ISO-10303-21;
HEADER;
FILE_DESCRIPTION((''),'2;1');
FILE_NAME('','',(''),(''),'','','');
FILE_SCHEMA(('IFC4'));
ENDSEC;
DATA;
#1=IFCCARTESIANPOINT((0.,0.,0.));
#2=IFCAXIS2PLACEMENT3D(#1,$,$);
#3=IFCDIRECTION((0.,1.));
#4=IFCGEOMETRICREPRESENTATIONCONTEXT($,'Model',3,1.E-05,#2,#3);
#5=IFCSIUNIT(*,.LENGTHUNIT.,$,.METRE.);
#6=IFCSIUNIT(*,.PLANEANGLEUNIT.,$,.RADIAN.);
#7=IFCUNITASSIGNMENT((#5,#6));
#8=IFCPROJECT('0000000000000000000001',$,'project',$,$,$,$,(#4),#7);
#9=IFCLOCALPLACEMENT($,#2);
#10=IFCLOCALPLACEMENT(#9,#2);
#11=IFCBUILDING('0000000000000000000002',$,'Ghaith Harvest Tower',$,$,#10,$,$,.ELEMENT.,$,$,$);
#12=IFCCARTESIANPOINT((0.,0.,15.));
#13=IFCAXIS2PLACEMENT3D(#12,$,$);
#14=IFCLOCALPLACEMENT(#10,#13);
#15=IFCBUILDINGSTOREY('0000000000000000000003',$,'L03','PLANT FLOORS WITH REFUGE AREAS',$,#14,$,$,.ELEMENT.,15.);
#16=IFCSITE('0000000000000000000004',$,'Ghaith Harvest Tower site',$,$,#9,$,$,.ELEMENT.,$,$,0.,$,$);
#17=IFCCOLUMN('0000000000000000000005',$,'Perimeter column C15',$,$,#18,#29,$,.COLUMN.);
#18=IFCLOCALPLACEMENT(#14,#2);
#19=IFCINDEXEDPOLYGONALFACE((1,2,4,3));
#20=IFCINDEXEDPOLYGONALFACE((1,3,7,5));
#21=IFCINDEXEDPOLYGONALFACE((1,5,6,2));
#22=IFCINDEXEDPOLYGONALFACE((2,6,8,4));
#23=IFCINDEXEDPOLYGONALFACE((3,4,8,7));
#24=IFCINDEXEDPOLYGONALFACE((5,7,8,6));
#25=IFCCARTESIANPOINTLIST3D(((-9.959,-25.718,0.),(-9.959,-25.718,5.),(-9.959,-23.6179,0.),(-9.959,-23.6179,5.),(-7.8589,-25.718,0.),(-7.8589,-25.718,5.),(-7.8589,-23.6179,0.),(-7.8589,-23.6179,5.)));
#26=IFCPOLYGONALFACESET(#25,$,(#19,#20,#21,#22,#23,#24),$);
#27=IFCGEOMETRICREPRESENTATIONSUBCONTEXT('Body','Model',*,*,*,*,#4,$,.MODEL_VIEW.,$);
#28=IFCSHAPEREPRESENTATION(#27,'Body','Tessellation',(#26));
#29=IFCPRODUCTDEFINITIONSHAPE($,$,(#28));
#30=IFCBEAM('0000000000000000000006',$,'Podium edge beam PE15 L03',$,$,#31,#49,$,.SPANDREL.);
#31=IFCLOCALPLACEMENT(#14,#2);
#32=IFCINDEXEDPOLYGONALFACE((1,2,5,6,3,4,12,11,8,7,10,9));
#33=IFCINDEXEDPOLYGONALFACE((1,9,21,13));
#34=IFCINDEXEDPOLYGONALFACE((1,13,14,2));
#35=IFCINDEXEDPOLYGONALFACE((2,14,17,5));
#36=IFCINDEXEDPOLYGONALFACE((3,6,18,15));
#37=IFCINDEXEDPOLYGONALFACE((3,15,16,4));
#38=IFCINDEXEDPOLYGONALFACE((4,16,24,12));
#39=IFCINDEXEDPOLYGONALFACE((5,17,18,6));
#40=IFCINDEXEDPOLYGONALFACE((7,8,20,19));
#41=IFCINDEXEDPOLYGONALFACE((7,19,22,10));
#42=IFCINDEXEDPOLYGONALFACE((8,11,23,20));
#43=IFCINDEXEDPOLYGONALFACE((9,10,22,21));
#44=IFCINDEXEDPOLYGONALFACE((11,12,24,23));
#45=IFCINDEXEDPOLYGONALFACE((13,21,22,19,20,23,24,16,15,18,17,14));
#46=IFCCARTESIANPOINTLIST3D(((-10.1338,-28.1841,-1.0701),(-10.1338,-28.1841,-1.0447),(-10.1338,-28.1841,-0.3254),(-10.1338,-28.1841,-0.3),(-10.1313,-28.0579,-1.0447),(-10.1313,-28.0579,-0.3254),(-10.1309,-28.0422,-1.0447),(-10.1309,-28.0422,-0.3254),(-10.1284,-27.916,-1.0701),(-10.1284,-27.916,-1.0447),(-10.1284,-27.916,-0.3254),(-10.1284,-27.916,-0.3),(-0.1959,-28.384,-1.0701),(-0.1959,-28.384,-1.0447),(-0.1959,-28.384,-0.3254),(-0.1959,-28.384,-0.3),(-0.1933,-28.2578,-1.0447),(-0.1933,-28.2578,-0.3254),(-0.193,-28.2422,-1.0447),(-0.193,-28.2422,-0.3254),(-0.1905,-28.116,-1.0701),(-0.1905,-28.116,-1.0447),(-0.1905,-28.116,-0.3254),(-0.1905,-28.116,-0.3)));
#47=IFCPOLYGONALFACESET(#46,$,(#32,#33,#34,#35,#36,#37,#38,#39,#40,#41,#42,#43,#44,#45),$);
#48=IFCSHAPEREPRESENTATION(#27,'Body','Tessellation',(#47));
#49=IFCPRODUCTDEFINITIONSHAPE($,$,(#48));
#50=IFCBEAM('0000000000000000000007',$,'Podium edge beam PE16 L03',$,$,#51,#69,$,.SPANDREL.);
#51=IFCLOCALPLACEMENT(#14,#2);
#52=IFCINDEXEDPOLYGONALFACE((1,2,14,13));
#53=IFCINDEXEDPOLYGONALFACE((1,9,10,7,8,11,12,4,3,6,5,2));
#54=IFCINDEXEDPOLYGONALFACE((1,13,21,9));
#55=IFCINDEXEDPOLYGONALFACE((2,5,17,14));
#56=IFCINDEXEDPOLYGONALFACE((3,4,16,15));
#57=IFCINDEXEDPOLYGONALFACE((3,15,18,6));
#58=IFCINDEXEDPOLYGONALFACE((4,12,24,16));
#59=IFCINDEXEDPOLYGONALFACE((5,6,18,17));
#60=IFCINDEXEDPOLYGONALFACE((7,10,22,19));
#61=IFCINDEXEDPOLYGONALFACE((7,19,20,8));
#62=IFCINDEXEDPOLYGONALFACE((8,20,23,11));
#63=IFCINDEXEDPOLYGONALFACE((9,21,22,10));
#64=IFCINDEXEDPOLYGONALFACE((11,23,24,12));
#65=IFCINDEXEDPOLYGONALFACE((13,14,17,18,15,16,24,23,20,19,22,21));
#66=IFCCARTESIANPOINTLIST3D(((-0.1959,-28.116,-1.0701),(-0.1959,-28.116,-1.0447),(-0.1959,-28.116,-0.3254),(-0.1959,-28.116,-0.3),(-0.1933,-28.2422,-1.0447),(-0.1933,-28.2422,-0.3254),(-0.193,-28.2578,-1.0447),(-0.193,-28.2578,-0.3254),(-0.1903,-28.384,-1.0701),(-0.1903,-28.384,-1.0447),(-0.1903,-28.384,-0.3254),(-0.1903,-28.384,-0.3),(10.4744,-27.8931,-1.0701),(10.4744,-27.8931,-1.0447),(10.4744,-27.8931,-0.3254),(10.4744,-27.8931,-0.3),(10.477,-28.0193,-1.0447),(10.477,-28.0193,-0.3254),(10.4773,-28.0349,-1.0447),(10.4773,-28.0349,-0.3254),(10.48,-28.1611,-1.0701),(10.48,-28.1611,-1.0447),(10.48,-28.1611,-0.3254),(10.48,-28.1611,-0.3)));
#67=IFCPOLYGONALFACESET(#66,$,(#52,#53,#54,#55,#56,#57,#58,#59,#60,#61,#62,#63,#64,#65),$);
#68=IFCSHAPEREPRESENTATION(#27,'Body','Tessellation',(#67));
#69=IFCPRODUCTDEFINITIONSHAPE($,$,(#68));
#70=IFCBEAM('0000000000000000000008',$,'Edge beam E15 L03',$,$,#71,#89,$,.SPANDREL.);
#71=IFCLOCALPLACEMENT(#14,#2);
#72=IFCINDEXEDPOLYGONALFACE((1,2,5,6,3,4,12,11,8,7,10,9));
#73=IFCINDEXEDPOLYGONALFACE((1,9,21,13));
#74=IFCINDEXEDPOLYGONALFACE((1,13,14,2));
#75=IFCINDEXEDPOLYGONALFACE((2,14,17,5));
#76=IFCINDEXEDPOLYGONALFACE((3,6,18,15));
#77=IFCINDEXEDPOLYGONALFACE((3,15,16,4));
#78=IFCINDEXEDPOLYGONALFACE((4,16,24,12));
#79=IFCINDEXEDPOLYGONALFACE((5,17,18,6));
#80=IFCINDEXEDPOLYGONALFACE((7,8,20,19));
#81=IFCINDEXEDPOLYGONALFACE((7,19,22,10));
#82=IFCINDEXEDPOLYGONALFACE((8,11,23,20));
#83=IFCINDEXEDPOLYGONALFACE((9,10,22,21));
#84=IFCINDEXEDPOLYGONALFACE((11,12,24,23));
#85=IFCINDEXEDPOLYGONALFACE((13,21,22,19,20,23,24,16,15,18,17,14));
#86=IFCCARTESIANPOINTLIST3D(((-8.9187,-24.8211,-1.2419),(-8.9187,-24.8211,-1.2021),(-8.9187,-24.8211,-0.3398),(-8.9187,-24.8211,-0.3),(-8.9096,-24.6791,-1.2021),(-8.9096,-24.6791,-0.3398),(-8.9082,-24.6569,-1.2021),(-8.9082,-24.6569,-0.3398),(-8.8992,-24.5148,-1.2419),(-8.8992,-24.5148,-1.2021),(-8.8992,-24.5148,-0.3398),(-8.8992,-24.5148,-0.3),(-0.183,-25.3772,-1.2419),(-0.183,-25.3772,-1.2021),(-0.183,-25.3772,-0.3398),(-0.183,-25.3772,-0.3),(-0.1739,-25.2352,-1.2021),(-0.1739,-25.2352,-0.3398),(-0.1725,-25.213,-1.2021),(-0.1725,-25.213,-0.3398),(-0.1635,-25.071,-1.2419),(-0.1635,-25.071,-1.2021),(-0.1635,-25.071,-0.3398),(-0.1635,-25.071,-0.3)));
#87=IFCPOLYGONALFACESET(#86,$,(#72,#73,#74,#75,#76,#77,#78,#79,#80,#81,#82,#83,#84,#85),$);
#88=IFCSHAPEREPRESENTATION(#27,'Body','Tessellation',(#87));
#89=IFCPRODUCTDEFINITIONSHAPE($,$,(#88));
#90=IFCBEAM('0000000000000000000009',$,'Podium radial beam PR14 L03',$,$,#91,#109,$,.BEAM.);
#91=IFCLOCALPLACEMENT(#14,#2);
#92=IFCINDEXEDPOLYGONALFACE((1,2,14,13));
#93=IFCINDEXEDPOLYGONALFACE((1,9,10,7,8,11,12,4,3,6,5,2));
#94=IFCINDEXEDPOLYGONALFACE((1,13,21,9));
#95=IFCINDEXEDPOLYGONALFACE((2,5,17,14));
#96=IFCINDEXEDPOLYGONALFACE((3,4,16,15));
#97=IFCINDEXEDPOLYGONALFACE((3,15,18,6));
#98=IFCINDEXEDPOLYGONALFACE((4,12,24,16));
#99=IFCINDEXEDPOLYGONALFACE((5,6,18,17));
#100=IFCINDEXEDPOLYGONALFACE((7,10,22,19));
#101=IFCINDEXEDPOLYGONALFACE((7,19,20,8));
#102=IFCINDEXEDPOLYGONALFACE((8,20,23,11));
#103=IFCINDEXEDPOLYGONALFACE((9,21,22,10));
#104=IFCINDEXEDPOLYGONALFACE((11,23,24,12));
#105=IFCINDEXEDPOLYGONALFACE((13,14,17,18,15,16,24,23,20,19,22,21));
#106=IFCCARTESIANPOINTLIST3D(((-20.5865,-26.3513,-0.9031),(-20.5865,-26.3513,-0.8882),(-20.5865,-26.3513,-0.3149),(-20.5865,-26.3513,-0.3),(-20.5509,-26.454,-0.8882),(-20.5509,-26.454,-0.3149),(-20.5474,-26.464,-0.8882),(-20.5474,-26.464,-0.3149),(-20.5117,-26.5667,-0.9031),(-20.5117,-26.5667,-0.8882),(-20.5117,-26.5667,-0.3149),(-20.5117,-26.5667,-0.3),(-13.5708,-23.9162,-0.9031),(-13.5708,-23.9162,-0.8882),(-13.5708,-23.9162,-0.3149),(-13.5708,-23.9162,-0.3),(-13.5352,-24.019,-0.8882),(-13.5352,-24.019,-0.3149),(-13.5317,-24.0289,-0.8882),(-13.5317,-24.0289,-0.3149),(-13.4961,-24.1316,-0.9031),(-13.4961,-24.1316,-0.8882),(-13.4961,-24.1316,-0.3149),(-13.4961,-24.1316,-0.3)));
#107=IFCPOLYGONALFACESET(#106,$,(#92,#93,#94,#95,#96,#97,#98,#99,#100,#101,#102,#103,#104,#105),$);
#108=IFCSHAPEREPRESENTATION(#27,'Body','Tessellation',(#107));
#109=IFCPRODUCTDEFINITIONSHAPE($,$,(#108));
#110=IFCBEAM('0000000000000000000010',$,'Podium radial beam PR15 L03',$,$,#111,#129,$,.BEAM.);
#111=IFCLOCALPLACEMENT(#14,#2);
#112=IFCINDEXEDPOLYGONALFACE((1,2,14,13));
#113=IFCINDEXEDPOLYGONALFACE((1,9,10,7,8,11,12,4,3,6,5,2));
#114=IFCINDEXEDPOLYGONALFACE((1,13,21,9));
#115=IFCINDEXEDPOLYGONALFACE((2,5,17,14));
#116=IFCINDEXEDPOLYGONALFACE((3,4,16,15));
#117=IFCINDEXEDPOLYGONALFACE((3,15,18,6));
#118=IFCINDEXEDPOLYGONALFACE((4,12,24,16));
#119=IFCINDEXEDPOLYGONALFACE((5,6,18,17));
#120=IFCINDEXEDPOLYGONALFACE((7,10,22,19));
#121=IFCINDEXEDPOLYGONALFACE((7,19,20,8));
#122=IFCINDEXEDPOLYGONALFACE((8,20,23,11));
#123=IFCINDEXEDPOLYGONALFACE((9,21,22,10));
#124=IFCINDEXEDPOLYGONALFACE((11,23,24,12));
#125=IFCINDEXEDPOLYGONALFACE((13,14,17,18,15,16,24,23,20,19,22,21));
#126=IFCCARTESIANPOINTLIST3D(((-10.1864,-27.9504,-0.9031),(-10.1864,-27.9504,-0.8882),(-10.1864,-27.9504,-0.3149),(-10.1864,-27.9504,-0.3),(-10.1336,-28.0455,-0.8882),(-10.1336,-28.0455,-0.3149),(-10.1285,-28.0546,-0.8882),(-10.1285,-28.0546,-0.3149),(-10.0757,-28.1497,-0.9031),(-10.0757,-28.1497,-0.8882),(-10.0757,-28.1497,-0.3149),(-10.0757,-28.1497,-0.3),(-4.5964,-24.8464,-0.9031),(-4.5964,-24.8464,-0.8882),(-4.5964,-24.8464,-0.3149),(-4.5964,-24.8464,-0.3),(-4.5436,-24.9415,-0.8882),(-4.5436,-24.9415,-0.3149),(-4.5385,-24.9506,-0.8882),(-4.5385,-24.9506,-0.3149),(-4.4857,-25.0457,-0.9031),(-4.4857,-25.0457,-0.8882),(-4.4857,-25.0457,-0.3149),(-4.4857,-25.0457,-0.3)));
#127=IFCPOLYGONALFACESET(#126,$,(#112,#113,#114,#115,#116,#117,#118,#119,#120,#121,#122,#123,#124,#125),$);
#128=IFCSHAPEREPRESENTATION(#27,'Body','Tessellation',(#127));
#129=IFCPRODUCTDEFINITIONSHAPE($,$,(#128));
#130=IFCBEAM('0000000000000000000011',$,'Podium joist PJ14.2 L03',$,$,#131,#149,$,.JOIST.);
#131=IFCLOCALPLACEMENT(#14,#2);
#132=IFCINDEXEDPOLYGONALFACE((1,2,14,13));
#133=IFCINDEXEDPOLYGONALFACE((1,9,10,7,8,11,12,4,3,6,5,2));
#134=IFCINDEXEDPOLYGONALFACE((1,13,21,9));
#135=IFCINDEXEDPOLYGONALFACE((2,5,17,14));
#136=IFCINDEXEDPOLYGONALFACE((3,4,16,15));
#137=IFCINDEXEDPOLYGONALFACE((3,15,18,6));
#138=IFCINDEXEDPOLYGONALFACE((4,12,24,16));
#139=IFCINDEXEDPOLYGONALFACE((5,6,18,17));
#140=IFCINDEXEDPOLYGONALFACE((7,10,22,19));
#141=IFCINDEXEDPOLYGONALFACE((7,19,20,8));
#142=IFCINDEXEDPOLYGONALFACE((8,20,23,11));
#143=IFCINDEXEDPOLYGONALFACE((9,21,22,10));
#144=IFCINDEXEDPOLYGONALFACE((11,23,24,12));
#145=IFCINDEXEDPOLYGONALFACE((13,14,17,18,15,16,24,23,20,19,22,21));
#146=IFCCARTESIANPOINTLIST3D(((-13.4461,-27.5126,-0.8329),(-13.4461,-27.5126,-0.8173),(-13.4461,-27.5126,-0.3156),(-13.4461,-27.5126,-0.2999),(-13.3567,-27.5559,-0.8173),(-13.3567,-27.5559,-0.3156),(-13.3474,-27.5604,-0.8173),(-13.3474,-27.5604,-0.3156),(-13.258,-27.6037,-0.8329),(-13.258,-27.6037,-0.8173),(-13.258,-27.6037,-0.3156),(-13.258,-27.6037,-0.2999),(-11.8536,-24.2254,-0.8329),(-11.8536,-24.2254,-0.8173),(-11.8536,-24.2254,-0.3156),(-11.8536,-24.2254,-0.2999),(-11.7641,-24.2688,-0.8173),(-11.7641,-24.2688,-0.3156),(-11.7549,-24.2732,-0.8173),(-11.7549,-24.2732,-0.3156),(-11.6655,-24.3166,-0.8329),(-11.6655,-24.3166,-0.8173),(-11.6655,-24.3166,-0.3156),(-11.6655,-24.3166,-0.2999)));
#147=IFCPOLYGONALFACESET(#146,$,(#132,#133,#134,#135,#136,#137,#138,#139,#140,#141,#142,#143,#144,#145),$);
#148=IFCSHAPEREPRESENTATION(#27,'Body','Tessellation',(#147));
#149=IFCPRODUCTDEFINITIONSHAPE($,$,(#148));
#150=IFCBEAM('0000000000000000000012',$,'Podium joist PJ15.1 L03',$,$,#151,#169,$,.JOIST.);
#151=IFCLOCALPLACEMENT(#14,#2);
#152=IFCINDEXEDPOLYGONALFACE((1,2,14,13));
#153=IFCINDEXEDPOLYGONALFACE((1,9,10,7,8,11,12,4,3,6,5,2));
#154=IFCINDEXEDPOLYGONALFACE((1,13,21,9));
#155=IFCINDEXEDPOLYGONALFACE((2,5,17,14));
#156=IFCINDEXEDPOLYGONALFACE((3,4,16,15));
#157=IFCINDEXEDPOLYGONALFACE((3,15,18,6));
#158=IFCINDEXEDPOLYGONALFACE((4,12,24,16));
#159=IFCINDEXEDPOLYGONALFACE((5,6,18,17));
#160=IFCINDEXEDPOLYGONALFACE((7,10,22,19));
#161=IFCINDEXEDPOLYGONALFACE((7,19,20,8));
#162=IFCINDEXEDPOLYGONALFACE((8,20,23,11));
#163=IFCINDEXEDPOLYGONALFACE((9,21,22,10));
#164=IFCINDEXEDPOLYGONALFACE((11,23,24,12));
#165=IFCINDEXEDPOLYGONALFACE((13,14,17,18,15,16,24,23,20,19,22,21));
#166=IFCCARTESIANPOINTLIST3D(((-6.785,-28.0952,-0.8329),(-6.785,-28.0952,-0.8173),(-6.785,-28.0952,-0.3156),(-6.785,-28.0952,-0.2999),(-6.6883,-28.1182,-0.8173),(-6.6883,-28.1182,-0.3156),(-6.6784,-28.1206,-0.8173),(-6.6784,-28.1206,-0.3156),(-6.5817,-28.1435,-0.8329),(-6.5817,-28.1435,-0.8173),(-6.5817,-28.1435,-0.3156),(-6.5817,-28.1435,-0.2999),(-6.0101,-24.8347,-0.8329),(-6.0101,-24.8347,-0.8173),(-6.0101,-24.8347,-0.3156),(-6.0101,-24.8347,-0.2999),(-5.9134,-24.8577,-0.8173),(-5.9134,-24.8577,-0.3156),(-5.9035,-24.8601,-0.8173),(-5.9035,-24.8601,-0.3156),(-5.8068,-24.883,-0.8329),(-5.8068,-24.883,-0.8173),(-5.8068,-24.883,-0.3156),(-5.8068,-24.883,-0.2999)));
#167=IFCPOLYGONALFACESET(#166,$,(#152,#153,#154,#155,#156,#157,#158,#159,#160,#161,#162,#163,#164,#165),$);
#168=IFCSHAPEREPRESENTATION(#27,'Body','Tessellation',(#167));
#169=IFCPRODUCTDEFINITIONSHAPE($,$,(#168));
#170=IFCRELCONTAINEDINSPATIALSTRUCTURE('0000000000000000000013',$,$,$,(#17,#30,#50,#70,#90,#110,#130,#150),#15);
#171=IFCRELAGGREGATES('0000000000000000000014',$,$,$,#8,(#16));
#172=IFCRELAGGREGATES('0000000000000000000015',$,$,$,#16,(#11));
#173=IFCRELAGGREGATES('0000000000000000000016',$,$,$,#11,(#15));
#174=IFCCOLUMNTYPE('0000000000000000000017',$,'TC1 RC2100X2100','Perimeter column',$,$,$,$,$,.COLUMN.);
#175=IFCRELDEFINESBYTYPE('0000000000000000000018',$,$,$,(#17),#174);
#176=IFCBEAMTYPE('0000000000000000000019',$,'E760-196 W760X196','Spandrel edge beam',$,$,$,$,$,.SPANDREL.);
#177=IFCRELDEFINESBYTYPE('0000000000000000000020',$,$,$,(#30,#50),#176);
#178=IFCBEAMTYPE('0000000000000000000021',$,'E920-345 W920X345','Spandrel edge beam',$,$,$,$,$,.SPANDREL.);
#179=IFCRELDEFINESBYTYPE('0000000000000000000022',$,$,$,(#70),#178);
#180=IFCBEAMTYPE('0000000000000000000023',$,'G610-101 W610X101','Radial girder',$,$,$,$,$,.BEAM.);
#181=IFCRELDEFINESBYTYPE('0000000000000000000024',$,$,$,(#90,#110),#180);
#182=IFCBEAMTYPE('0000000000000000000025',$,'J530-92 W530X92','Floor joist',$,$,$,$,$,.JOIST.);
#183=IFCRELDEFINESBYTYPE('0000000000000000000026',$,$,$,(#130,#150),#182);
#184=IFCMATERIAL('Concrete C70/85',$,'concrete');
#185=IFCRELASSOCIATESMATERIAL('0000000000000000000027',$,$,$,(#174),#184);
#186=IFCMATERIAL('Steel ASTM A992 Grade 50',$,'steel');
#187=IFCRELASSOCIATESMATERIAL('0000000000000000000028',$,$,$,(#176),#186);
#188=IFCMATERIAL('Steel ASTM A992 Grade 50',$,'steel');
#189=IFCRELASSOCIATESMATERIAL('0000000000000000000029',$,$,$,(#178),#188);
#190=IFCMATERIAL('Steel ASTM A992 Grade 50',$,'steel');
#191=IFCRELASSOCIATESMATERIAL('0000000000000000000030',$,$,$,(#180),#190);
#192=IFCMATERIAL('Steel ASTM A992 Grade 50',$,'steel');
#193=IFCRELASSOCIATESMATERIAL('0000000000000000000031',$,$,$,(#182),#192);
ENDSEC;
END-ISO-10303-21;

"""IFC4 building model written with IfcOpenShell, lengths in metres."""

from ifc_helpers import new_model, si_unit, direction, frame, origin, origin_2d, place, context, subcontext, project, spatial, rectangle, i_section, extrude, material, material_profile, profile_set, type_object, element, save


model = new_model("IFC4")

# Units and contexts
model_context = context("Model", 3, precision=1e-05, world=origin(), true_north=direction((0.0, 1.0)))
body_context = subcontext(model_context, "Body", "Model", "MODEL_VIEW")
ifc_project = project(units=[si_unit("LENGTHUNIT", "METRE"), si_unit("PLANEANGLEUNIT", "RADIAN")], contexts=[model_context])

# Site, building, storey
site_placement = place(None, origin())
site = spatial("IfcSite", under=ifc_project, at=site_placement, Name="Ghaith Harvest Tower site", CompositionType="ELEMENT", RefElevation=0.0)
building_placement = place(site_placement, origin())
building = spatial("IfcBuilding", under=site, at=building_placement, Name="Ghaith Harvest Tower", CompositionType="ELEMENT")
storey_placement = place(building_placement, frame((0.0, 0.0, 15.0)))
storey = spatial("IfcBuildingStorey", under=building, at=storey_placement, Name="L03", Description="PLANT FLOORS WITH REFUGE AREAS", CompositionType="ELEMENT", Elevation=15.0)

# Column
ifc_material_1 = material(Name="Concrete C70/85", Category="concrete")
ifc_material_profile_1 = material_profile(ifc_material_1, rectangle(XDim=2.1001, YDim=2.1001, at=origin_2d()), Name="RC2100X2100")
ifc_profile_set_1 = profile_set([ifc_material_profile_1], Name="Concrete C70/85")
column_type = type_object("IfcColumnType", Name="TC1 RC2100X2100", Description="Perimeter column", PredefinedType="COLUMN", material=ifc_profile_set_1)
column_placement = place(storey_placement, frame((-8.9089, -24.668, 0.0), z_axis=(0.0, 0.0, 1.0), x_axis=(1.0, 0.0, 0.0)))
element("IfcColumn", 1, at=column_placement, inside=storey, type_object=column_type, Name="Perimeter column C15", PredefinedType="COLUMN", context=body_context, shape_type="SweptSolid", body=[
    extrude(rectangle(XDim=2.1001, YDim=2.1001, at=origin_2d()), origin(), (0.0, 0.0, 1.0), 5.0),
])

# Beams
ifc_material_2 = material(Name="Steel ASTM A992 Grade 50", Category="steel")
ifc_material_profile_2 = material_profile(ifc_material_2, i_section(OverallWidth=0.2681, OverallDepth=0.77, WebThickness=0.0156, FlangeThickness=0.0254, at=origin_2d()), Name="W760X196")
ifc_profile_set_2 = profile_set([ifc_material_profile_2], Name="Steel ASTM A992 Grade 50")
beam_type_1 = type_object("IfcBeamType", Name="E760-196 W760X196", Description="Spandrel edge beam", PredefinedType="SPANDREL", material=ifc_profile_set_2)
beam_1_placement = place(storey_placement, frame((-10.1311, -28.05, -0.6851), z_axis=(0.999798, -0.020116, 0.0), x_axis=(0.020116, 0.999798, 0.0)))
element("IfcBeam", 2, at=beam_1_placement, inside=storey, type_object=beam_type_1, Name="Podium edge beam PE15 L03", PredefinedType="SPANDREL", context=body_context, shape_type="SweptSolid", body=[
    extrude(i_section(OverallWidth=0.2681, OverallDepth=0.77, WebThickness=0.0156, FlangeThickness=0.0254, at=origin_2d()), origin(), (0.0, 0.0, 1.0), 9.9399),
])
beam_2_placement = place(storey_placement, frame((-0.1931, -28.25, -0.6851), z_axis=(0.999782, 0.020886, 0.0), x_axis=(-0.020886, 0.999782, 0.0)))
element("IfcBeam", 3, at=beam_2_placement, inside=storey, type_object=beam_type_1, Name="Podium edge beam PE16 L03", PredefinedType="SPANDREL", context=body_context, shape_type="SweptSolid", body=[
    extrude(i_section(OverallWidth=0.2681, OverallDepth=0.77, WebThickness=0.0156, FlangeThickness=0.0254, at=origin_2d()), origin(), (0.0, 0.0, 1.0), 10.6726),
])
ifc_material_3 = material(Name="Steel ASTM A992 Grade 50", Category="steel")
ifc_material_profile_3 = material_profile(ifc_material_3, i_section(OverallWidth=0.3069, OverallDepth=0.9419, WebThickness=0.0222, FlangeThickness=0.0398, at=origin_2d()), Name="W920X345")
ifc_profile_set_3 = profile_set([ifc_material_profile_3], Name="Steel ASTM A992 Grade 50")
beam_type_2 = type_object("IfcBeamType", Name="E920-345 W920X345", Description="Spandrel edge beam", PredefinedType="SPANDREL", material=ifc_profile_set_3)
beam_3_placement = place(storey_placement, frame((-8.9089, -24.668, -0.771), z_axis=(0.99798, -0.063535, 0.0), x_axis=(0.063535, 0.99798, 0.0)))
element("IfcBeam", 4, at=beam_3_placement, inside=storey, type_object=beam_type_2, Name="Edge beam E15 L03", PredefinedType="SPANDREL", context=body_context, shape_type="SweptSolid", body=[
    extrude(i_section(OverallWidth=0.3069, OverallDepth=0.9419, WebThickness=0.0222, FlangeThickness=0.0398, at=origin_2d()), origin(), (0.0, 0.0, 1.0), 8.7534),
])
ifc_material_4 = material(Name="Steel ASTM A992 Grade 50", Category="steel")
ifc_material_profile_4 = material_profile(ifc_material_4, i_section(OverallWidth=0.228, OverallDepth=0.603, WebThickness=0.0105, FlangeThickness=0.0149, at=origin_2d()), Name="W610X101")
ifc_profile_set_4 = profile_set([ifc_material_profile_4], Name="Steel ASTM A992 Grade 50")
beam_type_3 = type_object("IfcBeamType", Name="G610-101 W610X101", Description="Radial girder", PredefinedType="BEAM", material=ifc_profile_set_4)
beam_4_placement = place(storey_placement, frame((-13.5334, -24.0239, -0.6016), z_axis=(-0.944712, -0.327901, 0.0), x_axis=(0.327901, -0.944712, 0.0)))
element("IfcBeam", 5, at=beam_4_placement, inside=storey, type_object=beam_type_3, Name="Podium radial beam PR14 L03", PredefinedType="BEAM", context=body_context, shape_type="SweptSolid", body=[
    extrude(i_section(OverallWidth=0.228, OverallDepth=0.603, WebThickness=0.0105, FlangeThickness=0.0149, at=origin_2d()), origin(), (0.0, 0.0, 1.0), 7.4263),
])
beam_5_placement = place(storey_placement, frame((-4.541, -24.946, -0.6016), z_axis=(-0.874264, -0.485452, 0.0), x_axis=(0.485452, -0.874264, 0.0)))
element("IfcBeam", 6, at=beam_5_placement, inside=storey, type_object=beam_type_3, Name="Podium radial beam PR15 L03", PredefinedType="BEAM", context=body_context, shape_type="SweptSolid", body=[
    extrude(i_section(OverallWidth=0.228, OverallDepth=0.603, WebThickness=0.0105, FlangeThickness=0.0149, at=origin_2d()), origin(), (0.0, 0.0, 1.0), 6.394),
])
ifc_material_5 = material(Name="Steel ASTM A992 Grade 50", Category="steel")
ifc_material_profile_5 = material_profile(ifc_material_5, i_section(OverallWidth=0.209, OverallDepth=0.533, WebThickness=0.0103, FlangeThickness=0.0156, at=origin_2d()), Name="W530X92")
ifc_profile_set_5 = profile_set([ifc_material_profile_5], Name="Steel ASTM A992 Grade 50")
beam_type_4 = type_object("IfcBeamType", Name="J530-92 W530X92", Description="Floor joist", PredefinedType="JOIST", material=ifc_profile_set_5)
beam_6_placement = place(storey_placement, frame((-11.7595, -24.271, -0.5664), z_axis=(-0.436003, -0.899945, 0.0), x_axis=(0.899945, -0.436003, 0.0)))
element("IfcBeam", 7, at=beam_6_placement, inside=storey, type_object=beam_type_4, Name="Podium joist PJ14.2 L03", PredefinedType="JOIST", context=body_context, shape_type="SweptSolid", body=[
    extrude(i_section(OverallWidth=0.209, OverallDepth=0.533, WebThickness=0.0103, FlangeThickness=0.0156, at=origin_2d()), origin(), (0.0, 0.0, 1.0), 3.6526),
])
beam_7_placement = place(storey_placement, frame((-5.9084, -24.8589, -0.5664), z_axis=(-0.231223, -0.972901, 0.0), x_axis=(0.972901, -0.231223, 0.0)))
element("IfcBeam", 8, at=beam_7_placement, inside=storey, type_object=beam_type_4, Name="Podium joist PJ15.1 L03", PredefinedType="JOIST", context=body_context, shape_type="SweptSolid", body=[
    extrude(i_section(OverallWidth=0.209, OverallDepth=0.533, WebThickness=0.0103, FlangeThickness=0.0156, at=origin_2d()), origin(), (0.0, 0.0, 1.0), 3.3513),
])

save(model, "model.ifc")
